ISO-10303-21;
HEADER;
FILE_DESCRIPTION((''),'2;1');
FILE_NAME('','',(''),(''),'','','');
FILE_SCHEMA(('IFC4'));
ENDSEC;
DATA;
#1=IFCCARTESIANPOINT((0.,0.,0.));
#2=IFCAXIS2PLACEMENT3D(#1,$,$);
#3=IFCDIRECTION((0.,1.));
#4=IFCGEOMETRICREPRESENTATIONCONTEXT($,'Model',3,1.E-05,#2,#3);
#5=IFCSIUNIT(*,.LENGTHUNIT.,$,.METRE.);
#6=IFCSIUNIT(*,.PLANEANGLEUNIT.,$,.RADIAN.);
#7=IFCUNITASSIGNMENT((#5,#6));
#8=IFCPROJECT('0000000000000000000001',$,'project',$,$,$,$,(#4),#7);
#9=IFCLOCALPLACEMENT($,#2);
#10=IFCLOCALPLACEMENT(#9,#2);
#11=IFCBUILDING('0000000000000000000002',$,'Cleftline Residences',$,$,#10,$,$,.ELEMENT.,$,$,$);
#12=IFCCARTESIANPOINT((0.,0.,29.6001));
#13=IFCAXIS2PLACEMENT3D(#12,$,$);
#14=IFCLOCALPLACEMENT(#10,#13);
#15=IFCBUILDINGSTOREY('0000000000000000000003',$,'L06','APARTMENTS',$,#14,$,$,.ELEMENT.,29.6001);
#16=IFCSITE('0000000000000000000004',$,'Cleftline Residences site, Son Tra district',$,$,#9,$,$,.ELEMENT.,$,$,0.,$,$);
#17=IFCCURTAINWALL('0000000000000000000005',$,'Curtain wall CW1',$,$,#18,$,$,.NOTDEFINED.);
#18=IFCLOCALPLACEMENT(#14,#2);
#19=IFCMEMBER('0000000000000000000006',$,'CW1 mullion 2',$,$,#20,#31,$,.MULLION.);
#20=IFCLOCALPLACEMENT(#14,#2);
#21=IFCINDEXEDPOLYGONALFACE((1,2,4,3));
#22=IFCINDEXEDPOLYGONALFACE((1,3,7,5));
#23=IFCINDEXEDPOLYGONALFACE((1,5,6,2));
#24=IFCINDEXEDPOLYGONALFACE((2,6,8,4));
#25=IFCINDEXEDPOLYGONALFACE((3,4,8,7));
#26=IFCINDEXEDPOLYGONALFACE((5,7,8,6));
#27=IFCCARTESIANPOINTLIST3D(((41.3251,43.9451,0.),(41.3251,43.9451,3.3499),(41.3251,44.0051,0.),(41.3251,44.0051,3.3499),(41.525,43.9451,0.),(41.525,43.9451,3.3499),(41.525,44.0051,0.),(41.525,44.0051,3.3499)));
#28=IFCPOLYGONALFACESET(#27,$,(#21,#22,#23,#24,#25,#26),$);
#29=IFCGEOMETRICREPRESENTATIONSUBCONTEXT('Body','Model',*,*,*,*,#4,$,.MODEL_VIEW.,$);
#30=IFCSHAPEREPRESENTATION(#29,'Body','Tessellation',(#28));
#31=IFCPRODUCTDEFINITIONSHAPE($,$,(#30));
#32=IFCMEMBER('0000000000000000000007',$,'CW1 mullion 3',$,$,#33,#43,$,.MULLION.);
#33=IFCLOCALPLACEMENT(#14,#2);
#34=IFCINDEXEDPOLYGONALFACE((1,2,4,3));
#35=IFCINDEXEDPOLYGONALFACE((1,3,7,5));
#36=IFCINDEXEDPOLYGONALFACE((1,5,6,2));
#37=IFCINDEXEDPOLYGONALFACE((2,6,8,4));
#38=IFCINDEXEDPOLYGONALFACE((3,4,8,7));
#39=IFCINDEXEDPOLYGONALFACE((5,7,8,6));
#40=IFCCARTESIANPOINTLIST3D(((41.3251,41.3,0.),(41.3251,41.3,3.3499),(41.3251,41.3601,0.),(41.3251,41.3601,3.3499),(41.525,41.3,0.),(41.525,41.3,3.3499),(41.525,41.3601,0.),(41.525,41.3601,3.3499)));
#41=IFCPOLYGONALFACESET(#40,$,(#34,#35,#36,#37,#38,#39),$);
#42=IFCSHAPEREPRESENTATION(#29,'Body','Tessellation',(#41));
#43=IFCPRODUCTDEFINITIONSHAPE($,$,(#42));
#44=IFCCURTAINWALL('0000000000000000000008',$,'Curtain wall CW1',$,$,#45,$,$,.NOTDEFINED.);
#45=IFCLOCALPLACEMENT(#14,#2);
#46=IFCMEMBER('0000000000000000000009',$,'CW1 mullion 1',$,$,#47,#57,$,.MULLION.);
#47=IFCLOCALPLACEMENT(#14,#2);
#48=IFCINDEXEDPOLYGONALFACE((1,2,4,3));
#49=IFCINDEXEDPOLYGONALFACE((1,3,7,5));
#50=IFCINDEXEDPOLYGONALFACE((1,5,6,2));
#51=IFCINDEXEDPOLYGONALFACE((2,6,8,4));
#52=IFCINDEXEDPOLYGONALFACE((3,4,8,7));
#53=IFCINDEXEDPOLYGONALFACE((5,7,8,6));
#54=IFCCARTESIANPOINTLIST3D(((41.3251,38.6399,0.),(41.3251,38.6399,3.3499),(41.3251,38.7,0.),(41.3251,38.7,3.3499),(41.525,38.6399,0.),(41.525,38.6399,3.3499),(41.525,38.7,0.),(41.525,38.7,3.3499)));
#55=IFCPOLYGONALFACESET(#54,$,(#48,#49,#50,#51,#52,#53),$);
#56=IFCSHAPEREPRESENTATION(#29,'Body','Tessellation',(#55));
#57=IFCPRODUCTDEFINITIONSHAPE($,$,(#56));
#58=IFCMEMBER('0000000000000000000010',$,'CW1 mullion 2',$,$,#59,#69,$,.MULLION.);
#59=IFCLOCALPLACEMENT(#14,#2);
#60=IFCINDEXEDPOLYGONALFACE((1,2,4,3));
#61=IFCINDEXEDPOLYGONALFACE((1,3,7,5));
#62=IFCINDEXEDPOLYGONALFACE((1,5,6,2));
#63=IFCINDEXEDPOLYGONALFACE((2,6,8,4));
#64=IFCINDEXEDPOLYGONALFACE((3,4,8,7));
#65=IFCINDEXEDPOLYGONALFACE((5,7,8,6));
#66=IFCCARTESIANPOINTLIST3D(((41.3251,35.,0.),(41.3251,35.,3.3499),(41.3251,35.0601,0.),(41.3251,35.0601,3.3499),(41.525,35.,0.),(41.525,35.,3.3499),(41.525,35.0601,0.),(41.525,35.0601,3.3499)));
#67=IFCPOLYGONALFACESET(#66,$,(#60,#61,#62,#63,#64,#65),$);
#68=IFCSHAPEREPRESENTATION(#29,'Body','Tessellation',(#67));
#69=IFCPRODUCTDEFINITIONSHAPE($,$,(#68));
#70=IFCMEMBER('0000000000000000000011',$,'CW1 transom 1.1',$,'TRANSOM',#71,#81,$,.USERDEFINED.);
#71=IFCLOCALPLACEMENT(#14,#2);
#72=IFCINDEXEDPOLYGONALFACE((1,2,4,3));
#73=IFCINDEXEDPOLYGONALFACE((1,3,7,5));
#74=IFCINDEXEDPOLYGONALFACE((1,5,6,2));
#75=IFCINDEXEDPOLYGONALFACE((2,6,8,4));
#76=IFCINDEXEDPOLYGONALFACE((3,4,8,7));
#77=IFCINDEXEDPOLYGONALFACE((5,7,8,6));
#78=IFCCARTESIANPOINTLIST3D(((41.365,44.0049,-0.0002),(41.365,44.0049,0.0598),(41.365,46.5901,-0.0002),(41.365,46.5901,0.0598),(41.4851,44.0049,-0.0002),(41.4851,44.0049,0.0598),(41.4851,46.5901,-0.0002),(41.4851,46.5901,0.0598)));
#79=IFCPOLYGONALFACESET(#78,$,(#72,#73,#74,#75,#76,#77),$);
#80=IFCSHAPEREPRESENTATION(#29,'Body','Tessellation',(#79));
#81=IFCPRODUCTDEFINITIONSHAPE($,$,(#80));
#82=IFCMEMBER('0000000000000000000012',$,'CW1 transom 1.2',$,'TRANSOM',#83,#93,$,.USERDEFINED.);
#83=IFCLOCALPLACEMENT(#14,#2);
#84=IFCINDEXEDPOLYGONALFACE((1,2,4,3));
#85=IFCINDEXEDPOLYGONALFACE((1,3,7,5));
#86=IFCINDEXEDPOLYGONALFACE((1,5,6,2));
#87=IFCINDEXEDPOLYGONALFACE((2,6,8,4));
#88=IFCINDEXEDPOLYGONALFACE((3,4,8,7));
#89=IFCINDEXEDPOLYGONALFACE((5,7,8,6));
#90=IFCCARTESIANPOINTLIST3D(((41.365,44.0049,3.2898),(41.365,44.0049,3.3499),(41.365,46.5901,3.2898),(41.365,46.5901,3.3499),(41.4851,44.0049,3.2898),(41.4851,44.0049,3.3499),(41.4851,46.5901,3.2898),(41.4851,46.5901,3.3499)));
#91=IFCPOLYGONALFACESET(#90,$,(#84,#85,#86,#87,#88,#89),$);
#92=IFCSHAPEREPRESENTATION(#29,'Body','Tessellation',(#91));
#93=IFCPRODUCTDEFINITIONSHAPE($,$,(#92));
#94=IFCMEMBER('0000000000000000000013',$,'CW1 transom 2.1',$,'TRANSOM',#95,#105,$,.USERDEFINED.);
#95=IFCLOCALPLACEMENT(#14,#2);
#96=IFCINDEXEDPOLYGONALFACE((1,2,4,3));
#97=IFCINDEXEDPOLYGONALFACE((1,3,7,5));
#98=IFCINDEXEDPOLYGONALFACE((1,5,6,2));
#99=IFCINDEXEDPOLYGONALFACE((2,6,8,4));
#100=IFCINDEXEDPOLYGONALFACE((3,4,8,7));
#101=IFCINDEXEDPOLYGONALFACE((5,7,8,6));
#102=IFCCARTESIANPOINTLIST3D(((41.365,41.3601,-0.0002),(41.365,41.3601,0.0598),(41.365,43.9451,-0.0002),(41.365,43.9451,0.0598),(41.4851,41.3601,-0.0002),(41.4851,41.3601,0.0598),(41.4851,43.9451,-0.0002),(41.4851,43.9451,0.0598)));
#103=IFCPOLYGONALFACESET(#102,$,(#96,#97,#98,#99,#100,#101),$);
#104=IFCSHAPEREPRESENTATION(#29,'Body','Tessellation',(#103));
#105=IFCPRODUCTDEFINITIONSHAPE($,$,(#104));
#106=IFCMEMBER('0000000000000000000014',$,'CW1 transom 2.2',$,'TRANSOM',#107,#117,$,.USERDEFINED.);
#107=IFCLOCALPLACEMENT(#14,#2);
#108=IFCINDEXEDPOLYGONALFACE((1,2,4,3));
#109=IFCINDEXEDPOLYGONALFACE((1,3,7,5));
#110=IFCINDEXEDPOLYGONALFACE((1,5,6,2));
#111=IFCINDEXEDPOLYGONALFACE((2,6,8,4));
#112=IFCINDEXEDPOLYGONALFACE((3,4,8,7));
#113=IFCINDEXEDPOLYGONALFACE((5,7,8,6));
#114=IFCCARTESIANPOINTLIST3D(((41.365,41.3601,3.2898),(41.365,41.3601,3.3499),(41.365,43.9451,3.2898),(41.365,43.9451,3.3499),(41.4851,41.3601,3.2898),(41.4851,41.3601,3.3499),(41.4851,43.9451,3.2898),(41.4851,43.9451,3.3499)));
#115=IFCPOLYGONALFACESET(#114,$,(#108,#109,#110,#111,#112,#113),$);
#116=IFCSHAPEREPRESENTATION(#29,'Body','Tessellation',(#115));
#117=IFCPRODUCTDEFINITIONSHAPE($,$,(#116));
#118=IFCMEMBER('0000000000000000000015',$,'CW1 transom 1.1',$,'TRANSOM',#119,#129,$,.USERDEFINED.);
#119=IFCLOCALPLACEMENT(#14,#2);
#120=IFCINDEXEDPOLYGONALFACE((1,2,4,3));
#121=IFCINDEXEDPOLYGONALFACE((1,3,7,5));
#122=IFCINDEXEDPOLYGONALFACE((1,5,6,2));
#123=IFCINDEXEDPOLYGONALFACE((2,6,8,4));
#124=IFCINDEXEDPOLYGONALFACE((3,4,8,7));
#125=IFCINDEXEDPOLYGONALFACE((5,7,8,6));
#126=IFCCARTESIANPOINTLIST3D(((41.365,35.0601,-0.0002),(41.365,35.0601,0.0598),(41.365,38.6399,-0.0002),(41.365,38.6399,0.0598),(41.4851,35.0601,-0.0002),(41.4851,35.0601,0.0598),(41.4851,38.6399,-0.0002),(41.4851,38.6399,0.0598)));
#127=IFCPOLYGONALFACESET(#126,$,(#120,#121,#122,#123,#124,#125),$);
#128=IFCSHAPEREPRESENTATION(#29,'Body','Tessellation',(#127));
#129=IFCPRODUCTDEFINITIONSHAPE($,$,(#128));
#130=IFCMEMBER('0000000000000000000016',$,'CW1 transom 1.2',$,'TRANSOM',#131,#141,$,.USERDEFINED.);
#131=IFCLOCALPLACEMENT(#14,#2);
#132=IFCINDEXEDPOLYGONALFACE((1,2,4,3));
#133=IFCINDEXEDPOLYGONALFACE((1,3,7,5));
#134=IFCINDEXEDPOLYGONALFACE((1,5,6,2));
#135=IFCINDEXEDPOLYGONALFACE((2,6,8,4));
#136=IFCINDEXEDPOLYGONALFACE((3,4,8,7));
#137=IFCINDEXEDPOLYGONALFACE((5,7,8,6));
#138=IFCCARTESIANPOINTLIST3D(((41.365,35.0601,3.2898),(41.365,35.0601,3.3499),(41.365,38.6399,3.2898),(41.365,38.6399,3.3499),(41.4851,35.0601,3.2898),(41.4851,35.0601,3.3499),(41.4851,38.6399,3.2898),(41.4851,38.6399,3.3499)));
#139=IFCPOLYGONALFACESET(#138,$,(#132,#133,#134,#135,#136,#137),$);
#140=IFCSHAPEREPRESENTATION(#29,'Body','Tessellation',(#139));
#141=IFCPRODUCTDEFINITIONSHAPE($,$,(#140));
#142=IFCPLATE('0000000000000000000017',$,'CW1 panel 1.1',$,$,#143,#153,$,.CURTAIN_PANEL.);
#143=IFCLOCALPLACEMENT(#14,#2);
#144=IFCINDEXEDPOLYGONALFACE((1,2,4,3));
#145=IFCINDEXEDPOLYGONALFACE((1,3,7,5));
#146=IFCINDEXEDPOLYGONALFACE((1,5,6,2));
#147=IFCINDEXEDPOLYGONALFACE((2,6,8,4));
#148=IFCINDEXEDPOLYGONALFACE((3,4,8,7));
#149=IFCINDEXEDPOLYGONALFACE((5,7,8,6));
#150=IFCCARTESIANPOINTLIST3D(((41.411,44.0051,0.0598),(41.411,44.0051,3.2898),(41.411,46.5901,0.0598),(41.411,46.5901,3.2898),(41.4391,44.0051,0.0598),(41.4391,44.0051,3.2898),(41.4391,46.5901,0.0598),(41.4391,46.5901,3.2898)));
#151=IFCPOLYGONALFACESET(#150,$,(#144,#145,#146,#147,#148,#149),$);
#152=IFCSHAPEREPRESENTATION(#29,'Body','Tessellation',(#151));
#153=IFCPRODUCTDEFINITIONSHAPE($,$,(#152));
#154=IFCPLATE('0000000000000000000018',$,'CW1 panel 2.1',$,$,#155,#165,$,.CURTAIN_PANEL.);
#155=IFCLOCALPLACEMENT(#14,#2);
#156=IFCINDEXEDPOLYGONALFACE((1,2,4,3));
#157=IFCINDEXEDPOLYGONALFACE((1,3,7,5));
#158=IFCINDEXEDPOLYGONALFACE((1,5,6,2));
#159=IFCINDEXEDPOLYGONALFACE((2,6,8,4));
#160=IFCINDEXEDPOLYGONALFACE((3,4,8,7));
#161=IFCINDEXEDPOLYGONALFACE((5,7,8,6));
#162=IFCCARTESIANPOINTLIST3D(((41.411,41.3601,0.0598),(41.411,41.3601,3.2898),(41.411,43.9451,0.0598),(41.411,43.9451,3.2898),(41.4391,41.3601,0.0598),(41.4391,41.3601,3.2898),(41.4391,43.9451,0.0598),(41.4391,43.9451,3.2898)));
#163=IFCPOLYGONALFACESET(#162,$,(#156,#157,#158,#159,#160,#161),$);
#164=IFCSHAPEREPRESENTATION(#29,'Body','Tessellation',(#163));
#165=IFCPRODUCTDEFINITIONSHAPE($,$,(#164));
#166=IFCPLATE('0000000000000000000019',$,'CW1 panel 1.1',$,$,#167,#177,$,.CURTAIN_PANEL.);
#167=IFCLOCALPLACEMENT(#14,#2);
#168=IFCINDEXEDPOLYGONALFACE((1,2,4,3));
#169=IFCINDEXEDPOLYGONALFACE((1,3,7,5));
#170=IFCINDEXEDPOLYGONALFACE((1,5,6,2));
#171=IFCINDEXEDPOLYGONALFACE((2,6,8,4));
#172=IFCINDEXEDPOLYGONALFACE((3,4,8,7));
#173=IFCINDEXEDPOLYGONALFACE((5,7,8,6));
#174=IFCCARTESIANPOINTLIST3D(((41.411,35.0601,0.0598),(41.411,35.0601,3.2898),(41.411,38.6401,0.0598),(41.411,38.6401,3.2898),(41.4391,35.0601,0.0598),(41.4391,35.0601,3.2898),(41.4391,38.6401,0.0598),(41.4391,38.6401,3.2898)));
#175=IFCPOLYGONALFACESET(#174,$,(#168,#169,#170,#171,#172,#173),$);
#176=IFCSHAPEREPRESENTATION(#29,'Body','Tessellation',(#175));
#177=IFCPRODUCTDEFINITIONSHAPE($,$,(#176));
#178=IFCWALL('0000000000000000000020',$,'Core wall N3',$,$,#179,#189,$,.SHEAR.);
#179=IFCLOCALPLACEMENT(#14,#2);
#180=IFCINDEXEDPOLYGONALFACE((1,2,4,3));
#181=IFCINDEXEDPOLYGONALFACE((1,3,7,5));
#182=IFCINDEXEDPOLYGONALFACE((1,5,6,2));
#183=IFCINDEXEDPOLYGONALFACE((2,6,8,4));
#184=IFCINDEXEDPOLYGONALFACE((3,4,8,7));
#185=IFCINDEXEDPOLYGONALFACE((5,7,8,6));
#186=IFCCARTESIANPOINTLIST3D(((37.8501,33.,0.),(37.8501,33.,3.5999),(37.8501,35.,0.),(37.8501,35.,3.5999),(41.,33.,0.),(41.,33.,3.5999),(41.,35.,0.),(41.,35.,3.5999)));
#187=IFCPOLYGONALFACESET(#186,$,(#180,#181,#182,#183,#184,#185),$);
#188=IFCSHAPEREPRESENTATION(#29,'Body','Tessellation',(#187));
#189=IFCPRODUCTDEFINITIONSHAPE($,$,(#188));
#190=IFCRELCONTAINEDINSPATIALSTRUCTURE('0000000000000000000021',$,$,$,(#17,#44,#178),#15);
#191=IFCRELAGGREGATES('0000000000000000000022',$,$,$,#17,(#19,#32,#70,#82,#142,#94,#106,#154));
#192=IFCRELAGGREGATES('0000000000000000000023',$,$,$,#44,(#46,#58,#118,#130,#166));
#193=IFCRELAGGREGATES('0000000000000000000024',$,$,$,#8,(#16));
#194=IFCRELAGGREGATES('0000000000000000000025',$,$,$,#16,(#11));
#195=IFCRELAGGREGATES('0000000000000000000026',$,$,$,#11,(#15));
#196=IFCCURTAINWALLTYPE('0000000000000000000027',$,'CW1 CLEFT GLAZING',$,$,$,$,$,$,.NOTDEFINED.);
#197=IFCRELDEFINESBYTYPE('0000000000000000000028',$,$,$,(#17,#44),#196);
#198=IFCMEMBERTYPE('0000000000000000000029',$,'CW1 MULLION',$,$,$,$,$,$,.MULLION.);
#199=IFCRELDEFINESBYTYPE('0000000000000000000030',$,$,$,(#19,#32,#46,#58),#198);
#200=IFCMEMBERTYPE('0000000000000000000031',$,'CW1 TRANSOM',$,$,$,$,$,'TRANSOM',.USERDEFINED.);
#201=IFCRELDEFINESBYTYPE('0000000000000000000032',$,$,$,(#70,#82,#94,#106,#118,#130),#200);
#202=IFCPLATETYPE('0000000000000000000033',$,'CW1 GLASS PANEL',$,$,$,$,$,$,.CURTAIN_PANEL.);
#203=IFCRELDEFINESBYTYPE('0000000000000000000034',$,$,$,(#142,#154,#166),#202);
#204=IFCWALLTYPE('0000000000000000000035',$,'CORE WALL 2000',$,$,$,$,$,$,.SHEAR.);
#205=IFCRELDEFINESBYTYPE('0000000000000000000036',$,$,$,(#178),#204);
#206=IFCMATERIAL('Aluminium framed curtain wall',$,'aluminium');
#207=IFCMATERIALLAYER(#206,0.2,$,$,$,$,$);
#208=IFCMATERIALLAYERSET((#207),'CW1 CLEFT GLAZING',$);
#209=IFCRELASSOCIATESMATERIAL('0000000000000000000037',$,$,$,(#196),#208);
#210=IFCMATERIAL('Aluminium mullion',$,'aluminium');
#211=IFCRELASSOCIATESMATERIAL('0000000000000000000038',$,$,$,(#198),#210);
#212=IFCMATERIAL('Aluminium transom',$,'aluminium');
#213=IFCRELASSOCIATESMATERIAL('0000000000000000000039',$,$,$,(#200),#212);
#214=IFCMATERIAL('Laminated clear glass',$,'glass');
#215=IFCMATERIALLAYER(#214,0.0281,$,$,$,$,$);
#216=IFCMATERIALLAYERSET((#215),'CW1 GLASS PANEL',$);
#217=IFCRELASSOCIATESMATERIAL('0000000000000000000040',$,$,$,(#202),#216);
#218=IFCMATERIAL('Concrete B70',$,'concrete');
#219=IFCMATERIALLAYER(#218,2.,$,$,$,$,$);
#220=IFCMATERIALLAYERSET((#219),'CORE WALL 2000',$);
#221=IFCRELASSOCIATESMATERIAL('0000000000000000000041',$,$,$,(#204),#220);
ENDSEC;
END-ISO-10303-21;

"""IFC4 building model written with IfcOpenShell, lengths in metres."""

from ifc_helpers import new_model, si_unit, direction, frame, frame_2d, origin, origin_2d, place, context, subcontext, project, spatial, rectangle, extrude, material, layer, layer_set, material_profile, profile_set, type_object, element, aggregate, save


model = new_model("IFC4")

# Units and contexts
model_context = context("Model", 3, precision=1e-05, world=origin(), true_north=direction((0.0, 1.0)))
body_context = subcontext(model_context, "Body", "Model", "MODEL_VIEW")
ifc_project = project(units=[si_unit("LENGTHUNIT", "METRE"), si_unit("PLANEANGLEUNIT", "RADIAN")], contexts=[model_context])

# Site, building, storey
site_placement = place(None, origin())
site = spatial("IfcSite", under=ifc_project, at=site_placement, Name="Cleftline Residences site, Son Tra district", CompositionType="ELEMENT", RefElevation=0.0)
building_placement = place(site_placement, origin())
building = spatial("IfcBuilding", under=site, at=building_placement, Name="Cleftline Residences", CompositionType="ELEMENT")
storey_placement = place(building_placement, frame((0.0, 0.0, 29.6001)))
storey = spatial("IfcBuildingStorey", under=building, at=storey_placement, Name="L06", Description="APARTMENTS", CompositionType="ELEMENT", Elevation=29.6001)

# Curtain walls, members
ifc_material_1 = material(Name="Aluminium framed curtain wall", Category="aluminium")
ifc_layer_1 = layer(ifc_material_1, 0.2)
ifc_layer_set_1 = layer_set([ifc_layer_1], Name="CW1 CLEFT GLAZING")
curtain_wall_type = type_object("IfcCurtainWallType", Name="CW1 CLEFT GLAZING", PredefinedType="NOTDEFINED", material=ifc_layer_set_1)
curtain_wall_1_placement = place(storey_placement, origin())
curtain_wall_1 = element("IfcCurtainWall", 1, at=curtain_wall_1_placement, inside=storey, type_object=curtain_wall_type, Name="Curtain wall CW1", PredefinedType="NOTDEFINED")
ifc_material_2 = material(Name="Aluminium mullion", Category="aluminium")
ifc_material_profile_1 = material_profile(ifc_material_2, rectangle(XDim=0.2, YDim=0.0601, at=origin_2d()))
ifc_profile_set_1 = profile_set([ifc_material_profile_1], Name="Aluminium mullion")
member_type_1 = type_object("IfcMemberType", Name="CW1 MULLION", PredefinedType="MULLION", material=ifc_profile_set_1)
member_1_placement = place(storey_placement, frame((41.425, 43.9751, 0.0), z_axis=(0.0, 0.0, 1.0), x_axis=(1.0, 0.0, 0.0)))
member_1 = element("IfcMember", 2, at=member_1_placement, type_object=member_type_1, Name="CW1 mullion 2", PredefinedType="MULLION", context=body_context, shape_type="SweptSolid", body=[
    extrude(rectangle(XDim=0.2, YDim=0.0601, at=origin_2d()), origin(), (0.0, 0.0, 1.0), 3.3499),
])
member_2_placement = place(storey_placement, frame((41.425, 41.3301, 0.0), z_axis=(0.0, 0.0, 1.0), x_axis=(1.0, 0.0, 0.0)))
member_2 = element("IfcMember", 3, at=member_2_placement, type_object=member_type_1, Name="CW1 mullion 3", PredefinedType="MULLION", context=body_context, shape_type="SweptSolid", body=[
    extrude(rectangle(XDim=0.2, YDim=0.0601, at=origin_2d()), origin(), (0.0, 0.0, 1.0), 3.3499),
])
curtain_wall_2_placement = place(storey_placement, origin())
curtain_wall_2 = element("IfcCurtainWall", 4, at=curtain_wall_2_placement, inside=storey, type_object=curtain_wall_type, Name="Curtain wall CW1", PredefinedType="NOTDEFINED")
member_3_placement = place(storey_placement, frame((41.425, 38.6699, 0.0), z_axis=(0.0, 0.0, 1.0), x_axis=(1.0, 0.0, 0.0)))
member_3 = element("IfcMember", 5, at=member_3_placement, type_object=member_type_1, Name="CW1 mullion 1", PredefinedType="MULLION", context=body_context, shape_type="SweptSolid", body=[
    extrude(rectangle(XDim=0.2, YDim=0.0601, at=origin_2d()), origin(), (0.0, 0.0, 1.0), 3.3499),
])
member_4_placement = place(storey_placement, frame((41.425, 35.03, 0.0), z_axis=(0.0, 0.0, 1.0), x_axis=(1.0, 0.0, 0.0)))
member_4 = element("IfcMember", 6, at=member_4_placement, type_object=member_type_1, Name="CW1 mullion 2", PredefinedType="MULLION", context=body_context, shape_type="SweptSolid", body=[
    extrude(rectangle(XDim=0.2, YDim=0.0601, at=origin_2d()), origin(), (0.0, 0.0, 1.0), 3.3499),
])

# Members
ifc_material_3 = material(Name="Aluminium transom", Category="aluminium")
ifc_material_profile_2 = material_profile(ifc_material_3, rectangle(XDim=0.1201, YDim=0.0601, at=origin_2d()))
ifc_profile_set_2 = profile_set([ifc_material_profile_2], Name="Aluminium transom")
member_type_2 = type_object("IfcMemberType", Name="CW1 TRANSOM", ElementType="TRANSOM", PredefinedType="USERDEFINED", material=ifc_profile_set_2)
member_5_placement = place(storey_placement, frame((41.425, 46.5901, 0.0298), z_axis=(0.0, -1.0, 0.0), x_axis=(1.0, 0.0, 0.0)))
member_5 = element("IfcMember", 7, at=member_5_placement, type_object=member_type_2, Name="CW1 transom 1.1", ObjectType="TRANSOM", PredefinedType="USERDEFINED", context=body_context, shape_type="SweptSolid", body=[
    extrude(rectangle(XDim=0.1201, YDim=0.0601, at=origin_2d()), origin(), (0.0, 0.0, 1.0), 2.5852),
])
member_6_placement = place(storey_placement, frame((41.425, 46.5901, 3.3198), z_axis=(0.0, -1.0, 0.0), x_axis=(1.0, 0.0, 0.0)))
member_6 = element("IfcMember", 8, at=member_6_placement, type_object=member_type_2, Name="CW1 transom 1.2", ObjectType="TRANSOM", PredefinedType="USERDEFINED", context=body_context, shape_type="SweptSolid", body=[
    extrude(rectangle(XDim=0.1201, YDim=0.0601, at=origin_2d()), origin(), (0.0, 0.0, 1.0), 2.5852),
])
member_7_placement = place(storey_placement, frame((41.425, 43.9451, 0.0298), z_axis=(0.0, -1.0, 0.0), x_axis=(1.0, 0.0, 0.0)))
member_7 = element("IfcMember", 9, at=member_7_placement, type_object=member_type_2, Name="CW1 transom 2.1", ObjectType="TRANSOM", PredefinedType="USERDEFINED", context=body_context, shape_type="SweptSolid", body=[
    extrude(rectangle(XDim=0.1201, YDim=0.0601, at=origin_2d()), origin(), (0.0, 0.0, 1.0), 2.585),
])
member_8_placement = place(storey_placement, frame((41.425, 43.9451, 3.3198), z_axis=(0.0, -1.0, 0.0), x_axis=(1.0, 0.0, 0.0)))
member_8 = element("IfcMember", 10, at=member_8_placement, type_object=member_type_2, Name="CW1 transom 2.2", ObjectType="TRANSOM", PredefinedType="USERDEFINED", context=body_context, shape_type="SweptSolid", body=[
    extrude(rectangle(XDim=0.1201, YDim=0.0601, at=origin_2d()), origin(), (0.0, 0.0, 1.0), 2.585),
])
member_9_placement = place(storey_placement, frame((41.425, 38.6399, 0.0298), z_axis=(0.0, -1.0, 0.0), x_axis=(1.0, 0.0, 0.0)))
member_9 = element("IfcMember", 11, at=member_9_placement, type_object=member_type_2, Name="CW1 transom 1.1", ObjectType="TRANSOM", PredefinedType="USERDEFINED", context=body_context, shape_type="SweptSolid", body=[
    extrude(rectangle(XDim=0.1201, YDim=0.0601, at=origin_2d()), origin(), (0.0, 0.0, 1.0), 3.5798),
])
member_10_placement = place(storey_placement, frame((41.425, 38.6399, 3.3198), z_axis=(0.0, -1.0, 0.0), x_axis=(1.0, 0.0, 0.0)))
member_10 = element("IfcMember", 12, at=member_10_placement, type_object=member_type_2, Name="CW1 transom 1.2", ObjectType="TRANSOM", PredefinedType="USERDEFINED", context=body_context, shape_type="SweptSolid", body=[
    extrude(rectangle(XDim=0.1201, YDim=0.0601, at=origin_2d()), origin(), (0.0, 0.0, 1.0), 3.5798),
])

# Plates
ifc_material_4 = material(Name="Laminated clear glass", Category="glass")
ifc_layer_2 = layer(ifc_material_4, 0.0281)
ifc_layer_set_2 = layer_set([ifc_layer_2], Name="CW1 GLASS PANEL")
plate_type = type_object("IfcPlateType", Name="CW1 GLASS PANEL", PredefinedType="CURTAIN_PANEL", material=ifc_layer_set_2)
plate_1_placement = place(storey_placement, frame((41.425, 45.2976, 0.0598), z_axis=(0.0, 0.0, 1.0), x_axis=(0.0, -1.0, 0.0)))
plate_1 = element("IfcPlate", 13, at=plate_1_placement, type_object=plate_type, Name="CW1 panel 1.1", PredefinedType="CURTAIN_PANEL", context=body_context, shape_type="SweptSolid", body=[
    extrude(rectangle(XDim=2.585, YDim=0.0281, at=origin_2d()), origin(), (0.0, 0.0, 1.0), 3.23),
])
plate_2_placement = place(storey_placement, frame((41.425, 42.6526, 0.0598), z_axis=(0.0, 0.0, 1.0), x_axis=(0.0, -1.0, 0.0)))
plate_2 = element("IfcPlate", 14, at=plate_2_placement, type_object=plate_type, Name="CW1 panel 2.1", PredefinedType="CURTAIN_PANEL", context=body_context, shape_type="SweptSolid", body=[
    extrude(rectangle(XDim=2.585, YDim=0.0281, at=origin_2d()), origin(), (0.0, 0.0, 1.0), 3.23),
])
aggregate(curtain_wall_1, [member_1, member_2, member_5, member_6, plate_1, member_7, member_8, plate_2])
plate_3_placement = place(storey_placement, frame((41.425, 36.8501, 0.0598), z_axis=(0.0, 0.0, 1.0), x_axis=(0.0, -1.0, 0.0)))
plate_3 = element("IfcPlate", 15, at=plate_3_placement, type_object=plate_type, Name="CW1 panel 1.1", PredefinedType="CURTAIN_PANEL", context=body_context, shape_type="SweptSolid", body=[
    extrude(rectangle(XDim=3.5801, YDim=0.0281, at=origin_2d()), origin(), (0.0, 0.0, 1.0), 3.23),
])
aggregate(curtain_wall_2, [member_3, member_4, member_9, member_10, plate_3])

# Wall
ifc_material_5 = material(Name="Concrete B70", Category="concrete")
ifc_layer_3 = layer(ifc_material_5, 2.0)
ifc_layer_set_3 = layer_set([ifc_layer_3], Name="CORE WALL 2000")
wall_type_1 = type_object("IfcWallType", Name="CORE WALL 2000", PredefinedType="SHEAR", material=ifc_layer_set_3)
wall_1_placement = place(storey_placement, frame((37.8501, 34.0, 0.0), z_axis=(0.0, 0.0, 1.0), x_axis=(1.0, 0.0, 0.0)))
element("IfcWall", 16, at=wall_1_placement, inside=storey, type_object=wall_type_1, Name="Core wall N3", PredefinedType="SHEAR", context=body_context, shape_type="SweptSolid", body=[
    extrude(rectangle(XDim=3.1499, YDim=2.0, at=frame_2d((1.575, 0.0))), origin(), (0.0, 0.0, 1.0), 3.5999),
])

save(model, "model.ifc")
